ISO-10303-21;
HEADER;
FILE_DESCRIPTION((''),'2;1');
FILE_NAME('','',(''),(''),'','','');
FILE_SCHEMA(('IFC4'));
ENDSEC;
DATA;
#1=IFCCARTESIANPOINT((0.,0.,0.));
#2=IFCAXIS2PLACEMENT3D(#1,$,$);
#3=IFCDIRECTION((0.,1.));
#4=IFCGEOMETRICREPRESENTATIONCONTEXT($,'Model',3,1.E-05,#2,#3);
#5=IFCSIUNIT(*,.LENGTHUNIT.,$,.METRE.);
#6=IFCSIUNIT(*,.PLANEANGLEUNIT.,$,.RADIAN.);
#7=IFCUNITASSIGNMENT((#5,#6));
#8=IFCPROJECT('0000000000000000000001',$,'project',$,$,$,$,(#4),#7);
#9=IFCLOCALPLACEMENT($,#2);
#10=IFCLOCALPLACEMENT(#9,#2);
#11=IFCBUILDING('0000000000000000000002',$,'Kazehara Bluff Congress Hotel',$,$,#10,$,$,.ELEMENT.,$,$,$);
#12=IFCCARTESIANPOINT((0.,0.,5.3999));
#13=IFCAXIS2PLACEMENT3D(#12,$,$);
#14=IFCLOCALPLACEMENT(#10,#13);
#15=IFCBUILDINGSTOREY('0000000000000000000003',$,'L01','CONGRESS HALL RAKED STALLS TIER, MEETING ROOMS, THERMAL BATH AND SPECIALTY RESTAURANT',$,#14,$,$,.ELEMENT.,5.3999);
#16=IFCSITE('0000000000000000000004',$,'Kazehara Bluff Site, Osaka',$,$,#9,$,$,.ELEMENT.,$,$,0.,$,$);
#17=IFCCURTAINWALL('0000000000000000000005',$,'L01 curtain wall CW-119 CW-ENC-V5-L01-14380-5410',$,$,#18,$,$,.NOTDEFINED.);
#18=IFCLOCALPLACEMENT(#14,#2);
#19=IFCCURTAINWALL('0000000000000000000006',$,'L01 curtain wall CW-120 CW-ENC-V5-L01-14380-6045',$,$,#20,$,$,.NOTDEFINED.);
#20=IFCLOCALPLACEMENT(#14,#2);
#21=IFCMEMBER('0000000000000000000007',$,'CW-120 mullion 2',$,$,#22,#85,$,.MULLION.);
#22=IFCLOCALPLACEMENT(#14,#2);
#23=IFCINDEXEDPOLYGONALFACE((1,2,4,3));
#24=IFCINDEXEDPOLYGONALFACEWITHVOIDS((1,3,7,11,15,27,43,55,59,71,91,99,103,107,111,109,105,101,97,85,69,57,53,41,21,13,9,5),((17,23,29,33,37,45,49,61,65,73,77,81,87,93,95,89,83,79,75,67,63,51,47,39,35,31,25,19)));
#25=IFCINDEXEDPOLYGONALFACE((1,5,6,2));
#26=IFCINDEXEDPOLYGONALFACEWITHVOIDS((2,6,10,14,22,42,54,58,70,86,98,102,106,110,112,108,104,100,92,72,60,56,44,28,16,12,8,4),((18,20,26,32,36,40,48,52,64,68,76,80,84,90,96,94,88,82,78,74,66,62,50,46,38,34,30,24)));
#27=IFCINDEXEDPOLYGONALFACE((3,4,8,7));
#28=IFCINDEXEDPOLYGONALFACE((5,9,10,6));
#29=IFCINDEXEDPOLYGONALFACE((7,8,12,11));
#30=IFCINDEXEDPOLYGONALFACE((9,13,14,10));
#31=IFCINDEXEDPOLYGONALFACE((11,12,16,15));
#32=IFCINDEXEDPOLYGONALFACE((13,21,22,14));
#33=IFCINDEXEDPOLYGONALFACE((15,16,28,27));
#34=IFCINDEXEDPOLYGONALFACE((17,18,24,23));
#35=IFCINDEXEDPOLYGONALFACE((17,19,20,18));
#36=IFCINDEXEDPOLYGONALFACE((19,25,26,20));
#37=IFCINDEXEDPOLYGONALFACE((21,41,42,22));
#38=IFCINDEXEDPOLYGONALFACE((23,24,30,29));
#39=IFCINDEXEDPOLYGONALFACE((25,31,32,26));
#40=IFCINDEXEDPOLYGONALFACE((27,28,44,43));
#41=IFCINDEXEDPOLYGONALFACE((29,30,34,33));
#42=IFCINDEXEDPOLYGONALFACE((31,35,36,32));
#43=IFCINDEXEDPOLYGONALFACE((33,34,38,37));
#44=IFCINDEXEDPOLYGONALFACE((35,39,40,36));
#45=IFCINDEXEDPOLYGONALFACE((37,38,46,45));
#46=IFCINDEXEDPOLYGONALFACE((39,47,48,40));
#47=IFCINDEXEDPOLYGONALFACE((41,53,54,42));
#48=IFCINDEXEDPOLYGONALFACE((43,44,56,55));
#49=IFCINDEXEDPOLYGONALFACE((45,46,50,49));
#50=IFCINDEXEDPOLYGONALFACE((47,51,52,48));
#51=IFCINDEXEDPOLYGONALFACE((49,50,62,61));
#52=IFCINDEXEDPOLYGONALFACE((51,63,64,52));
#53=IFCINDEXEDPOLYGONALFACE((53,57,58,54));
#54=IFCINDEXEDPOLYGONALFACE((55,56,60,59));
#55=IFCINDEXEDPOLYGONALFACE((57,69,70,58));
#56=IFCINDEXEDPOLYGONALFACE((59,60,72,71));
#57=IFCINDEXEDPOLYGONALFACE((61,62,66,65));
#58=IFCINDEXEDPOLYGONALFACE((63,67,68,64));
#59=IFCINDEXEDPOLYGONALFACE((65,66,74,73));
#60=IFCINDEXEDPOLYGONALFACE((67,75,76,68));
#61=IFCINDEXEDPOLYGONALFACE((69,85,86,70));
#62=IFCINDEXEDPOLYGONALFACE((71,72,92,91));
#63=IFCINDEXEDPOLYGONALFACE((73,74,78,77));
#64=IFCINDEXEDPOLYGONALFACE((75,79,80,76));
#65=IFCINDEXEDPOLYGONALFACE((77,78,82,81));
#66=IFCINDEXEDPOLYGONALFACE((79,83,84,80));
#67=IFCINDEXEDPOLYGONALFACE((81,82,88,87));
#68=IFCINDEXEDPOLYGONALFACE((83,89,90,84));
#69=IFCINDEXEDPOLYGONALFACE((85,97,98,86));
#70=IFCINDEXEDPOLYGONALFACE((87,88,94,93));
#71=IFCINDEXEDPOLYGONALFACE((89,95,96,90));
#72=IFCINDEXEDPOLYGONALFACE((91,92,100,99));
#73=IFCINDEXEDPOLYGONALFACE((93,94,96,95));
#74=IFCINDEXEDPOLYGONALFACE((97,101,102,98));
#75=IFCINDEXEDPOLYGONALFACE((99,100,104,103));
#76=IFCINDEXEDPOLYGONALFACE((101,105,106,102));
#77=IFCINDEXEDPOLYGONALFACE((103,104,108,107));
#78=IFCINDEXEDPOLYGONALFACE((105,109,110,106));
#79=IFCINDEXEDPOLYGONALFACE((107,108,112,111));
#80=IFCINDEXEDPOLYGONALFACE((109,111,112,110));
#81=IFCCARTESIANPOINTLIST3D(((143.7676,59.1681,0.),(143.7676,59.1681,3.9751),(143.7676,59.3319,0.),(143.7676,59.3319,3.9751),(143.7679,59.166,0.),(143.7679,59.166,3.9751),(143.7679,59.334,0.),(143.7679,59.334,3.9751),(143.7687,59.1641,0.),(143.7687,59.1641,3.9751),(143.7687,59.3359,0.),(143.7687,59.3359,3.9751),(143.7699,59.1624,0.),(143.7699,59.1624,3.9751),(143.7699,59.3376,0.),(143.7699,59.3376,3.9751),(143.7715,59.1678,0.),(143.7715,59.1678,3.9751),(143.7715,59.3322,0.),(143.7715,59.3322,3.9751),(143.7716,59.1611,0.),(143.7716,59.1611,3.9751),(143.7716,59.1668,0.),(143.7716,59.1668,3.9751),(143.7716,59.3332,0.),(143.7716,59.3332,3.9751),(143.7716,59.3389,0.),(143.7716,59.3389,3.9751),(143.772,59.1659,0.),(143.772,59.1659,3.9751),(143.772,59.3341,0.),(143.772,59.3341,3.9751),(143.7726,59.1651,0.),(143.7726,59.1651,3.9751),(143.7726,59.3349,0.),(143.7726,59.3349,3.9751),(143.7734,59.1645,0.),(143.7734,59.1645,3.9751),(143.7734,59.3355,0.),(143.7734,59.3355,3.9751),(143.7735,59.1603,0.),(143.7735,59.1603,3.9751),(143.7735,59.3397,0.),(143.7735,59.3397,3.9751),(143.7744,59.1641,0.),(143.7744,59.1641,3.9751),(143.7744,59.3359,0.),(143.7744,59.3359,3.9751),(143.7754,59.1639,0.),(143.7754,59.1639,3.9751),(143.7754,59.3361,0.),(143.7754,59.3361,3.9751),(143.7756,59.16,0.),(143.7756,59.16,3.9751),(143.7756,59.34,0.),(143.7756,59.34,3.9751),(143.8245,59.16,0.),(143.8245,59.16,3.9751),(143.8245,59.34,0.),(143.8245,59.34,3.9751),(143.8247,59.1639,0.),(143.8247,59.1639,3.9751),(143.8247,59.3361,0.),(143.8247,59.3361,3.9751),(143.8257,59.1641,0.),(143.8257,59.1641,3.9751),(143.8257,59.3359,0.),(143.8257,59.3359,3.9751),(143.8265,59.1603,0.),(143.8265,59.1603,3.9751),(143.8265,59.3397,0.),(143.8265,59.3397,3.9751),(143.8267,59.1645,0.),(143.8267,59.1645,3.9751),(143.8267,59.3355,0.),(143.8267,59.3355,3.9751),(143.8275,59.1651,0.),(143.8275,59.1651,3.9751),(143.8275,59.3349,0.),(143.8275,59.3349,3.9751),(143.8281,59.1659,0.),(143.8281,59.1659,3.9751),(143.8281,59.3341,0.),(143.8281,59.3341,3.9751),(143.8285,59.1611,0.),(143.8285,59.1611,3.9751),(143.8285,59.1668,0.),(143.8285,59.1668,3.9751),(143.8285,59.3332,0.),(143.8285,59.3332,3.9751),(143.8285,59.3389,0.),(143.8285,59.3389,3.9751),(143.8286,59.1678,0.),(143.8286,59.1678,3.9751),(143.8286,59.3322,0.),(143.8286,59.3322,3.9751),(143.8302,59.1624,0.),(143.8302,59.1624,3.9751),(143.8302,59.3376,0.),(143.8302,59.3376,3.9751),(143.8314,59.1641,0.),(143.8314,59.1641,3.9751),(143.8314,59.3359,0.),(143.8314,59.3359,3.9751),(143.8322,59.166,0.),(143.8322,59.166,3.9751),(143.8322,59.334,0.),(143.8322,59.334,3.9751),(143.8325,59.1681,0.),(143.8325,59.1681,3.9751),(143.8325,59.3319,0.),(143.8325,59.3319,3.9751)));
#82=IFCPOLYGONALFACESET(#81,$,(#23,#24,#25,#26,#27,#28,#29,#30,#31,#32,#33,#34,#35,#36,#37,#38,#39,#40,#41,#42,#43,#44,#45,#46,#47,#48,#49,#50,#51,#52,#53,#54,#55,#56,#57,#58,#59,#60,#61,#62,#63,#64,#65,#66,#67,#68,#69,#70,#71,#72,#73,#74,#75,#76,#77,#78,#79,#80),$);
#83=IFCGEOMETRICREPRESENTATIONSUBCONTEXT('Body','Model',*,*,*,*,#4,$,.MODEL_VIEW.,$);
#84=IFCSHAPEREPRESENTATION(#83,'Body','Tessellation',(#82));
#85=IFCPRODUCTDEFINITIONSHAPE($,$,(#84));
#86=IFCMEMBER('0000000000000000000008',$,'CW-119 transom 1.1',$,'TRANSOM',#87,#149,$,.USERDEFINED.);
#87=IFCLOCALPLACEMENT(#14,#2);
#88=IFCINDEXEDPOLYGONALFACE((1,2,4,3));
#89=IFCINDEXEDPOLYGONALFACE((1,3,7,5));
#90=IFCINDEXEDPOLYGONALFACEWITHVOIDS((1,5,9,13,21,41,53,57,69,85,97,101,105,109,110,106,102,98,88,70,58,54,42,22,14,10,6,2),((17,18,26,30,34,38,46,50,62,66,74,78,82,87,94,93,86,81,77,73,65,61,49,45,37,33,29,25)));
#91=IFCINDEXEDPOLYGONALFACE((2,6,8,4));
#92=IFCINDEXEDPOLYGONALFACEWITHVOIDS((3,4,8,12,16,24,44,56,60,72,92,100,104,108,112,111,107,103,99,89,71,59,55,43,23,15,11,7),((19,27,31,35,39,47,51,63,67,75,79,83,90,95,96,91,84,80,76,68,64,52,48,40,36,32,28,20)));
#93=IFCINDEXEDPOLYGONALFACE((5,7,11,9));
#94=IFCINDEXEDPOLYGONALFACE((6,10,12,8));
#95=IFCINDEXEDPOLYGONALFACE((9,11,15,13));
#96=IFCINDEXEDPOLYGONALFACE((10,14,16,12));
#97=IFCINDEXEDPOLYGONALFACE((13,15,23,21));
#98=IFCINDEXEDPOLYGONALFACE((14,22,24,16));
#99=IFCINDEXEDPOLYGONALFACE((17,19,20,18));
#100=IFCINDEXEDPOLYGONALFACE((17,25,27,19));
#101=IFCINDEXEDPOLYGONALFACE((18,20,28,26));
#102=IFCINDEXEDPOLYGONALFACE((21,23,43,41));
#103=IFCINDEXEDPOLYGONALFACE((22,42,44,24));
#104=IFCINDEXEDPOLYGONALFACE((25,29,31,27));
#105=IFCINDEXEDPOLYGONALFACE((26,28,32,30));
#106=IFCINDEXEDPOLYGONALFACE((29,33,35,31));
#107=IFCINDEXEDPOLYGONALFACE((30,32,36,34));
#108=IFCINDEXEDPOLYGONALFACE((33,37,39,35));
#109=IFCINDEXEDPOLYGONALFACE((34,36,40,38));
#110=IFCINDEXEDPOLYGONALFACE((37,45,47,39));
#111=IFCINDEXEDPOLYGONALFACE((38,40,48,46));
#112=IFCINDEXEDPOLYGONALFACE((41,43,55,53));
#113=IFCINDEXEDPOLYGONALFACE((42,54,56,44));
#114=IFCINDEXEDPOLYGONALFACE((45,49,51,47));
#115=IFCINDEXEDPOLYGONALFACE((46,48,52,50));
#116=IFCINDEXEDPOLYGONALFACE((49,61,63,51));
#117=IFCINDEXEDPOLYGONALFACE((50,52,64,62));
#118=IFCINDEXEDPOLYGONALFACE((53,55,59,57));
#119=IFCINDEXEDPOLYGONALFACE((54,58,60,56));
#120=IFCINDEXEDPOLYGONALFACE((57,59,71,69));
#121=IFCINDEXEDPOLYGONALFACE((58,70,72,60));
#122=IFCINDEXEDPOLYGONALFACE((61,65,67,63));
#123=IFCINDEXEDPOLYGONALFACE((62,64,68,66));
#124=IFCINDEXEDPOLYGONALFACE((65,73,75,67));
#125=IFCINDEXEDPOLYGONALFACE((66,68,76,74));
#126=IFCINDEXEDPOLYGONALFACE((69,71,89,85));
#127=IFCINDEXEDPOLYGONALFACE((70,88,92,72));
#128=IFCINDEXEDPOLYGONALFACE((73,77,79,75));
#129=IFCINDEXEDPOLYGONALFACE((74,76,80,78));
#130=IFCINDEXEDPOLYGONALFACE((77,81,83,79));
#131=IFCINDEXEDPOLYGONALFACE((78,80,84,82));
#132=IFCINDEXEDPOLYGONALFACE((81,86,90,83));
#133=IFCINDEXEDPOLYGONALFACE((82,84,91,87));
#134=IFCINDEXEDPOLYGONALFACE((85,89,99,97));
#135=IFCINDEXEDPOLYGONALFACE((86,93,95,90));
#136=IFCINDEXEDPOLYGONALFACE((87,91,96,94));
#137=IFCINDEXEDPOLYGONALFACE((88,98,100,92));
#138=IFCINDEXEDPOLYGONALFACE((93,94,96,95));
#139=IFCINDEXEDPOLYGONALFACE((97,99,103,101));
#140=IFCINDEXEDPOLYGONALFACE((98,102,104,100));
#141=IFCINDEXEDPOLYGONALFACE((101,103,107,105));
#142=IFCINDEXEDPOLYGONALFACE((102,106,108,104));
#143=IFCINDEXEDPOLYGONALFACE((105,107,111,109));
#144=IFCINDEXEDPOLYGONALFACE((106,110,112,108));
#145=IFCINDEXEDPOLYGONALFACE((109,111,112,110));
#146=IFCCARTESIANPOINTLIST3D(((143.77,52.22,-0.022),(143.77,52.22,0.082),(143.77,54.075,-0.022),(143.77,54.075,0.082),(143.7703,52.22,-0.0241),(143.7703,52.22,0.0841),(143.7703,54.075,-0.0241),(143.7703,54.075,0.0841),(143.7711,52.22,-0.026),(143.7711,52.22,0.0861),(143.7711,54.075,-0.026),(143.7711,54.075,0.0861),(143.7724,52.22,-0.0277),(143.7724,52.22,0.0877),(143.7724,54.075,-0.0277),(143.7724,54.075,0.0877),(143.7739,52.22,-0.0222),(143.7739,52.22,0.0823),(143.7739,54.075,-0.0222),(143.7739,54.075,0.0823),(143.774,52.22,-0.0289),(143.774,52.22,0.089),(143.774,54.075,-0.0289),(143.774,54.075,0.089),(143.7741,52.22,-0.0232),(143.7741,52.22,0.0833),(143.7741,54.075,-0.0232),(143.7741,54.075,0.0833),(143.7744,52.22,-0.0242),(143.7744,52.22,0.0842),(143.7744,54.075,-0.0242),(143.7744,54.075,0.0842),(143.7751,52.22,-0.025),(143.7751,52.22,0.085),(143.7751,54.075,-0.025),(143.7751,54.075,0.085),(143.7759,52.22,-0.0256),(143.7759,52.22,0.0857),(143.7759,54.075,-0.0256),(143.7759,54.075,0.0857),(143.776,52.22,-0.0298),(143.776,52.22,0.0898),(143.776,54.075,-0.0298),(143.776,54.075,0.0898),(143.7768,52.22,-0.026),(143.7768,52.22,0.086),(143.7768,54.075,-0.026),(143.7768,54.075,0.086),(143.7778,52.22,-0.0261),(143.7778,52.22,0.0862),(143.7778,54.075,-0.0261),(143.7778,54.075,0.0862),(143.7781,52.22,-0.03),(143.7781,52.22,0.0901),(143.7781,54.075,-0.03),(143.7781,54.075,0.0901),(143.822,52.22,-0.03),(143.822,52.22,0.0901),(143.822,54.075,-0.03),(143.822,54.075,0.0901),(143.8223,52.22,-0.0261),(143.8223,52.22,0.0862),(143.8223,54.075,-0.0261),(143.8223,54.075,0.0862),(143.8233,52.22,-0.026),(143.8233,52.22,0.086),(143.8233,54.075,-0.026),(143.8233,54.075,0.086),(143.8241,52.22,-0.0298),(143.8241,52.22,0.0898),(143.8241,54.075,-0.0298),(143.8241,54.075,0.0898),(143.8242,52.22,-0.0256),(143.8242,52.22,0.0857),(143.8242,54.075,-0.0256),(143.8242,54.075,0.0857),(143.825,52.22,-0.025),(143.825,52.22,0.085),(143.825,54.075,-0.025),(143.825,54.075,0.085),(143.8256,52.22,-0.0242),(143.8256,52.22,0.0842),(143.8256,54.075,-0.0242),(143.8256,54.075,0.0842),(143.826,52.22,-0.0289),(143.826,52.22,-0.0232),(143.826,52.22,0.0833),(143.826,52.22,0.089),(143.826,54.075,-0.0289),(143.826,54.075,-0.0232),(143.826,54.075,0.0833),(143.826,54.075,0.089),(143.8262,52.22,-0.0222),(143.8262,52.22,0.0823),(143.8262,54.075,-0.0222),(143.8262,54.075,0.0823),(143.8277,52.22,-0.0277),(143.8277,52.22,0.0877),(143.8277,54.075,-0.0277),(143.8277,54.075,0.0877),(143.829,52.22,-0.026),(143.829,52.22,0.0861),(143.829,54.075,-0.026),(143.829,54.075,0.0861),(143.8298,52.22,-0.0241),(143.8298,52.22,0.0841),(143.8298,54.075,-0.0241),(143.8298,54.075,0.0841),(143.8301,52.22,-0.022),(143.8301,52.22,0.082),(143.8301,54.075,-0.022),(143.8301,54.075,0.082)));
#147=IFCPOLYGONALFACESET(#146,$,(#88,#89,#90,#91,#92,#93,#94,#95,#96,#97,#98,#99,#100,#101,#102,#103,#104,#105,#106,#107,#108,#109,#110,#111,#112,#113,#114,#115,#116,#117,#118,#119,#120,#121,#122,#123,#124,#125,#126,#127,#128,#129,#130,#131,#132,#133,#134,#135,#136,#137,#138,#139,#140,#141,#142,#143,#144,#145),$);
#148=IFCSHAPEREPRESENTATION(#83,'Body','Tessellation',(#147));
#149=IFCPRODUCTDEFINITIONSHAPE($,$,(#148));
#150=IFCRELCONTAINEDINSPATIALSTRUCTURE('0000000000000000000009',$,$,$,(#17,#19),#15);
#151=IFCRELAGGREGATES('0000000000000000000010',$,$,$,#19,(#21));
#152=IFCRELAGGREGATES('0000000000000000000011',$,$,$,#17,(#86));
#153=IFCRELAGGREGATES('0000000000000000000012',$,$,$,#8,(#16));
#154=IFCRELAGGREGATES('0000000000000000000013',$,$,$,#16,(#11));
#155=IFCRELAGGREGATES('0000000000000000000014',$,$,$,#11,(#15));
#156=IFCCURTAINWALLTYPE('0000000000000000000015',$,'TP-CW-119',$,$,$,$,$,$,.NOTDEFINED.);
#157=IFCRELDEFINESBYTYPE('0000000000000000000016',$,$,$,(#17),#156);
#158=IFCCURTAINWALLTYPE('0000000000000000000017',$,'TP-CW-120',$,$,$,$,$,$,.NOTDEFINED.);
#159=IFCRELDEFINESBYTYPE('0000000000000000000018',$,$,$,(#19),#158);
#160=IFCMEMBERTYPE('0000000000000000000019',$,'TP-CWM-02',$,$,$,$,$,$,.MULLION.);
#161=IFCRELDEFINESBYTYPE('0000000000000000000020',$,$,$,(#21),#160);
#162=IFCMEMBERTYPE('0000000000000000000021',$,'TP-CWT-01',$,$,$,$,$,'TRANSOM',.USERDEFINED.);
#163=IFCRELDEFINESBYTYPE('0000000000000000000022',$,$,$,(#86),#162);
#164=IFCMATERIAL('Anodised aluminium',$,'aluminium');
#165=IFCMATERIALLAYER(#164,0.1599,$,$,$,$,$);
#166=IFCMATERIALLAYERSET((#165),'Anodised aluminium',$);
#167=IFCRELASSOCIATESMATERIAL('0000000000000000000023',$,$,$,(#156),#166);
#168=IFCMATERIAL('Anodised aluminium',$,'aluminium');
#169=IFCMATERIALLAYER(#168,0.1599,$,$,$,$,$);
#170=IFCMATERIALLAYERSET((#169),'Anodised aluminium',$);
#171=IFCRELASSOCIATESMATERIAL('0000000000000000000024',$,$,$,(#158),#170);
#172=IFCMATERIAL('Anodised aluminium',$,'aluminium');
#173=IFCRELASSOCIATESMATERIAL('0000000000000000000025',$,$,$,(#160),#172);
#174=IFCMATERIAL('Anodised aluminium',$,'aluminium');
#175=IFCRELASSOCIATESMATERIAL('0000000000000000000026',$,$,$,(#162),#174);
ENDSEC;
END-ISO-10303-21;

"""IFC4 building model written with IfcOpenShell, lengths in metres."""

from ifc_helpers import new_model, si_unit, direction, frame, origin, origin_2d, place, context, subcontext, project, spatial, hollow_rectangle, extrude, material, layer, layer_set, material_profile, profile_set, type_object, element, aggregate, save


model = new_model("IFC4")

# Units and contexts
model_context = context("Model", 3, precision=1e-05, world=origin(), true_north=direction((0.0, 1.0)))
body_context = subcontext(model_context, "Body", "Model", "MODEL_VIEW")
ifc_project = project(units=[si_unit("LENGTHUNIT", "METRE"), si_unit("PLANEANGLEUNIT", "RADIAN")], contexts=[model_context])

# Site, building, storey
site_placement = place(None, origin())
site = spatial("IfcSite", under=ifc_project, at=site_placement, Name="Kazehara Bluff Site, Osaka", CompositionType="ELEMENT", RefElevation=0.0)
building_placement = place(site_placement, origin())
building = spatial("IfcBuilding", under=site, at=building_placement, Name="Kazehara Bluff Congress Hotel", CompositionType="ELEMENT")
storey_placement = place(building_placement, frame((0.0, 0.0, 5.3999)))
storey = spatial("IfcBuildingStorey", under=building, at=storey_placement, Name="L01", Description="CONGRESS HALL RAKED STALLS TIER, MEETING ROOMS, THERMAL BATH AND SPECIALTY RESTAURANT", CompositionType="ELEMENT", Elevation=5.3999)

# Curtain walls, member
ifc_material_1 = material(Name="Anodised aluminium", Category="aluminium")
ifc_layer_1 = layer(ifc_material_1, 0.1599)
ifc_layer_set_1 = layer_set([ifc_layer_1], Name="Anodised aluminium")
curtain_wall_type_1 = type_object("IfcCurtainWallType", Name="TP-CW-119", PredefinedType="NOTDEFINED", material=ifc_layer_set_1)
curtain_wall_1_placement = place(storey_placement, origin())
curtain_wall_1 = element("IfcCurtainWall", 1, at=curtain_wall_1_placement, inside=storey, type_object=curtain_wall_type_1, Name="L01 curtain wall CW-119 CW-ENC-V5-L01-14380-5410", PredefinedType="NOTDEFINED")
ifc_material_2 = material(Name="Anodised aluminium", Category="aluminium")
ifc_layer_2 = layer(ifc_material_2, 0.1599)
ifc_layer_set_2 = layer_set([ifc_layer_2], Name="Anodised aluminium")
curtain_wall_type_2 = type_object("IfcCurtainWallType", Name="TP-CW-120", PredefinedType="NOTDEFINED", material=ifc_layer_set_2)
curtain_wall_2_placement = place(storey_placement, origin())
curtain_wall_2 = element("IfcCurtainWall", 2, at=curtain_wall_2_placement, inside=storey, type_object=curtain_wall_type_2, Name="L01 curtain wall CW-120 CW-ENC-V5-L01-14380-6045", PredefinedType="NOTDEFINED")
ifc_material_3 = material(Name="Anodised aluminium", Category="aluminium")
ifc_material_profile_1 = material_profile(ifc_material_3, hollow_rectangle(XDim=0.0649, YDim=0.1799, WallThickness=0.0039, InnerFilletRadius=0.0039, OuterFilletRadius=0.0081, at=origin_2d()))
ifc_profile_set_1 = profile_set([ifc_material_profile_1], Name="Anodised aluminium")
member_type_1 = type_object("IfcMemberType", Name="TP-CWM-02", PredefinedType="MULLION", material=ifc_profile_set_1)
member_1_placement = place(storey_placement, frame((143.8, 59.25, 0.0), z_axis=(0.0, 0.0, 1.0), x_axis=(-1.0, 0.0, 0.0)))
member_1 = element("IfcMember", 3, at=member_1_placement, type_object=member_type_1, Name="CW-120 mullion 2", PredefinedType="MULLION", context=body_context, shape_type="SweptSolid", body=[
    extrude(hollow_rectangle(XDim=0.0649, YDim=0.1799, WallThickness=0.0039, InnerFilletRadius=0.0039, OuterFilletRadius=0.0081, at=origin_2d()), origin(), (0.0, 0.0, 1.0), 3.9751),
])

# Member
ifc_material_4 = material(Name="Anodised aluminium", Category="aluminium")
ifc_material_profile_2 = material_profile(ifc_material_4, hollow_rectangle(XDim=0.0601, YDim=0.1201, WallThickness=0.0039, InnerFilletRadius=0.0039, OuterFilletRadius=0.0081, at=origin_2d()))
ifc_profile_set_2 = profile_set([ifc_material_profile_2], Name="Anodised aluminium")
member_type_2 = type_object("IfcMemberType", Name="TP-CWT-01", ElementType="TRANSOM", PredefinedType="USERDEFINED", material=ifc_profile_set_2)
member_2_placement = place(storey_placement, frame((143.8, 52.22, 0.03), z_axis=(0.0, 1.0, 0.0), x_axis=(-1.0, 0.0, 0.0)))
member_2 = element("IfcMember", 4, at=member_2_placement, type_object=member_type_2, Name="CW-119 transom 1.1", ObjectType="TRANSOM", PredefinedType="USERDEFINED", context=body_context, shape_type="SweptSolid", body=[
    extrude(hollow_rectangle(XDim=0.0601, YDim=0.1201, WallThickness=0.0039, InnerFilletRadius=0.0039, OuterFilletRadius=0.0081, at=origin_2d()), origin(), (0.0, 0.0, 1.0), 1.855),
])

aggregate(curtain_wall_2, [member_1])
aggregate(curtain_wall_1, [member_2])

save(model, "model.ifc")
